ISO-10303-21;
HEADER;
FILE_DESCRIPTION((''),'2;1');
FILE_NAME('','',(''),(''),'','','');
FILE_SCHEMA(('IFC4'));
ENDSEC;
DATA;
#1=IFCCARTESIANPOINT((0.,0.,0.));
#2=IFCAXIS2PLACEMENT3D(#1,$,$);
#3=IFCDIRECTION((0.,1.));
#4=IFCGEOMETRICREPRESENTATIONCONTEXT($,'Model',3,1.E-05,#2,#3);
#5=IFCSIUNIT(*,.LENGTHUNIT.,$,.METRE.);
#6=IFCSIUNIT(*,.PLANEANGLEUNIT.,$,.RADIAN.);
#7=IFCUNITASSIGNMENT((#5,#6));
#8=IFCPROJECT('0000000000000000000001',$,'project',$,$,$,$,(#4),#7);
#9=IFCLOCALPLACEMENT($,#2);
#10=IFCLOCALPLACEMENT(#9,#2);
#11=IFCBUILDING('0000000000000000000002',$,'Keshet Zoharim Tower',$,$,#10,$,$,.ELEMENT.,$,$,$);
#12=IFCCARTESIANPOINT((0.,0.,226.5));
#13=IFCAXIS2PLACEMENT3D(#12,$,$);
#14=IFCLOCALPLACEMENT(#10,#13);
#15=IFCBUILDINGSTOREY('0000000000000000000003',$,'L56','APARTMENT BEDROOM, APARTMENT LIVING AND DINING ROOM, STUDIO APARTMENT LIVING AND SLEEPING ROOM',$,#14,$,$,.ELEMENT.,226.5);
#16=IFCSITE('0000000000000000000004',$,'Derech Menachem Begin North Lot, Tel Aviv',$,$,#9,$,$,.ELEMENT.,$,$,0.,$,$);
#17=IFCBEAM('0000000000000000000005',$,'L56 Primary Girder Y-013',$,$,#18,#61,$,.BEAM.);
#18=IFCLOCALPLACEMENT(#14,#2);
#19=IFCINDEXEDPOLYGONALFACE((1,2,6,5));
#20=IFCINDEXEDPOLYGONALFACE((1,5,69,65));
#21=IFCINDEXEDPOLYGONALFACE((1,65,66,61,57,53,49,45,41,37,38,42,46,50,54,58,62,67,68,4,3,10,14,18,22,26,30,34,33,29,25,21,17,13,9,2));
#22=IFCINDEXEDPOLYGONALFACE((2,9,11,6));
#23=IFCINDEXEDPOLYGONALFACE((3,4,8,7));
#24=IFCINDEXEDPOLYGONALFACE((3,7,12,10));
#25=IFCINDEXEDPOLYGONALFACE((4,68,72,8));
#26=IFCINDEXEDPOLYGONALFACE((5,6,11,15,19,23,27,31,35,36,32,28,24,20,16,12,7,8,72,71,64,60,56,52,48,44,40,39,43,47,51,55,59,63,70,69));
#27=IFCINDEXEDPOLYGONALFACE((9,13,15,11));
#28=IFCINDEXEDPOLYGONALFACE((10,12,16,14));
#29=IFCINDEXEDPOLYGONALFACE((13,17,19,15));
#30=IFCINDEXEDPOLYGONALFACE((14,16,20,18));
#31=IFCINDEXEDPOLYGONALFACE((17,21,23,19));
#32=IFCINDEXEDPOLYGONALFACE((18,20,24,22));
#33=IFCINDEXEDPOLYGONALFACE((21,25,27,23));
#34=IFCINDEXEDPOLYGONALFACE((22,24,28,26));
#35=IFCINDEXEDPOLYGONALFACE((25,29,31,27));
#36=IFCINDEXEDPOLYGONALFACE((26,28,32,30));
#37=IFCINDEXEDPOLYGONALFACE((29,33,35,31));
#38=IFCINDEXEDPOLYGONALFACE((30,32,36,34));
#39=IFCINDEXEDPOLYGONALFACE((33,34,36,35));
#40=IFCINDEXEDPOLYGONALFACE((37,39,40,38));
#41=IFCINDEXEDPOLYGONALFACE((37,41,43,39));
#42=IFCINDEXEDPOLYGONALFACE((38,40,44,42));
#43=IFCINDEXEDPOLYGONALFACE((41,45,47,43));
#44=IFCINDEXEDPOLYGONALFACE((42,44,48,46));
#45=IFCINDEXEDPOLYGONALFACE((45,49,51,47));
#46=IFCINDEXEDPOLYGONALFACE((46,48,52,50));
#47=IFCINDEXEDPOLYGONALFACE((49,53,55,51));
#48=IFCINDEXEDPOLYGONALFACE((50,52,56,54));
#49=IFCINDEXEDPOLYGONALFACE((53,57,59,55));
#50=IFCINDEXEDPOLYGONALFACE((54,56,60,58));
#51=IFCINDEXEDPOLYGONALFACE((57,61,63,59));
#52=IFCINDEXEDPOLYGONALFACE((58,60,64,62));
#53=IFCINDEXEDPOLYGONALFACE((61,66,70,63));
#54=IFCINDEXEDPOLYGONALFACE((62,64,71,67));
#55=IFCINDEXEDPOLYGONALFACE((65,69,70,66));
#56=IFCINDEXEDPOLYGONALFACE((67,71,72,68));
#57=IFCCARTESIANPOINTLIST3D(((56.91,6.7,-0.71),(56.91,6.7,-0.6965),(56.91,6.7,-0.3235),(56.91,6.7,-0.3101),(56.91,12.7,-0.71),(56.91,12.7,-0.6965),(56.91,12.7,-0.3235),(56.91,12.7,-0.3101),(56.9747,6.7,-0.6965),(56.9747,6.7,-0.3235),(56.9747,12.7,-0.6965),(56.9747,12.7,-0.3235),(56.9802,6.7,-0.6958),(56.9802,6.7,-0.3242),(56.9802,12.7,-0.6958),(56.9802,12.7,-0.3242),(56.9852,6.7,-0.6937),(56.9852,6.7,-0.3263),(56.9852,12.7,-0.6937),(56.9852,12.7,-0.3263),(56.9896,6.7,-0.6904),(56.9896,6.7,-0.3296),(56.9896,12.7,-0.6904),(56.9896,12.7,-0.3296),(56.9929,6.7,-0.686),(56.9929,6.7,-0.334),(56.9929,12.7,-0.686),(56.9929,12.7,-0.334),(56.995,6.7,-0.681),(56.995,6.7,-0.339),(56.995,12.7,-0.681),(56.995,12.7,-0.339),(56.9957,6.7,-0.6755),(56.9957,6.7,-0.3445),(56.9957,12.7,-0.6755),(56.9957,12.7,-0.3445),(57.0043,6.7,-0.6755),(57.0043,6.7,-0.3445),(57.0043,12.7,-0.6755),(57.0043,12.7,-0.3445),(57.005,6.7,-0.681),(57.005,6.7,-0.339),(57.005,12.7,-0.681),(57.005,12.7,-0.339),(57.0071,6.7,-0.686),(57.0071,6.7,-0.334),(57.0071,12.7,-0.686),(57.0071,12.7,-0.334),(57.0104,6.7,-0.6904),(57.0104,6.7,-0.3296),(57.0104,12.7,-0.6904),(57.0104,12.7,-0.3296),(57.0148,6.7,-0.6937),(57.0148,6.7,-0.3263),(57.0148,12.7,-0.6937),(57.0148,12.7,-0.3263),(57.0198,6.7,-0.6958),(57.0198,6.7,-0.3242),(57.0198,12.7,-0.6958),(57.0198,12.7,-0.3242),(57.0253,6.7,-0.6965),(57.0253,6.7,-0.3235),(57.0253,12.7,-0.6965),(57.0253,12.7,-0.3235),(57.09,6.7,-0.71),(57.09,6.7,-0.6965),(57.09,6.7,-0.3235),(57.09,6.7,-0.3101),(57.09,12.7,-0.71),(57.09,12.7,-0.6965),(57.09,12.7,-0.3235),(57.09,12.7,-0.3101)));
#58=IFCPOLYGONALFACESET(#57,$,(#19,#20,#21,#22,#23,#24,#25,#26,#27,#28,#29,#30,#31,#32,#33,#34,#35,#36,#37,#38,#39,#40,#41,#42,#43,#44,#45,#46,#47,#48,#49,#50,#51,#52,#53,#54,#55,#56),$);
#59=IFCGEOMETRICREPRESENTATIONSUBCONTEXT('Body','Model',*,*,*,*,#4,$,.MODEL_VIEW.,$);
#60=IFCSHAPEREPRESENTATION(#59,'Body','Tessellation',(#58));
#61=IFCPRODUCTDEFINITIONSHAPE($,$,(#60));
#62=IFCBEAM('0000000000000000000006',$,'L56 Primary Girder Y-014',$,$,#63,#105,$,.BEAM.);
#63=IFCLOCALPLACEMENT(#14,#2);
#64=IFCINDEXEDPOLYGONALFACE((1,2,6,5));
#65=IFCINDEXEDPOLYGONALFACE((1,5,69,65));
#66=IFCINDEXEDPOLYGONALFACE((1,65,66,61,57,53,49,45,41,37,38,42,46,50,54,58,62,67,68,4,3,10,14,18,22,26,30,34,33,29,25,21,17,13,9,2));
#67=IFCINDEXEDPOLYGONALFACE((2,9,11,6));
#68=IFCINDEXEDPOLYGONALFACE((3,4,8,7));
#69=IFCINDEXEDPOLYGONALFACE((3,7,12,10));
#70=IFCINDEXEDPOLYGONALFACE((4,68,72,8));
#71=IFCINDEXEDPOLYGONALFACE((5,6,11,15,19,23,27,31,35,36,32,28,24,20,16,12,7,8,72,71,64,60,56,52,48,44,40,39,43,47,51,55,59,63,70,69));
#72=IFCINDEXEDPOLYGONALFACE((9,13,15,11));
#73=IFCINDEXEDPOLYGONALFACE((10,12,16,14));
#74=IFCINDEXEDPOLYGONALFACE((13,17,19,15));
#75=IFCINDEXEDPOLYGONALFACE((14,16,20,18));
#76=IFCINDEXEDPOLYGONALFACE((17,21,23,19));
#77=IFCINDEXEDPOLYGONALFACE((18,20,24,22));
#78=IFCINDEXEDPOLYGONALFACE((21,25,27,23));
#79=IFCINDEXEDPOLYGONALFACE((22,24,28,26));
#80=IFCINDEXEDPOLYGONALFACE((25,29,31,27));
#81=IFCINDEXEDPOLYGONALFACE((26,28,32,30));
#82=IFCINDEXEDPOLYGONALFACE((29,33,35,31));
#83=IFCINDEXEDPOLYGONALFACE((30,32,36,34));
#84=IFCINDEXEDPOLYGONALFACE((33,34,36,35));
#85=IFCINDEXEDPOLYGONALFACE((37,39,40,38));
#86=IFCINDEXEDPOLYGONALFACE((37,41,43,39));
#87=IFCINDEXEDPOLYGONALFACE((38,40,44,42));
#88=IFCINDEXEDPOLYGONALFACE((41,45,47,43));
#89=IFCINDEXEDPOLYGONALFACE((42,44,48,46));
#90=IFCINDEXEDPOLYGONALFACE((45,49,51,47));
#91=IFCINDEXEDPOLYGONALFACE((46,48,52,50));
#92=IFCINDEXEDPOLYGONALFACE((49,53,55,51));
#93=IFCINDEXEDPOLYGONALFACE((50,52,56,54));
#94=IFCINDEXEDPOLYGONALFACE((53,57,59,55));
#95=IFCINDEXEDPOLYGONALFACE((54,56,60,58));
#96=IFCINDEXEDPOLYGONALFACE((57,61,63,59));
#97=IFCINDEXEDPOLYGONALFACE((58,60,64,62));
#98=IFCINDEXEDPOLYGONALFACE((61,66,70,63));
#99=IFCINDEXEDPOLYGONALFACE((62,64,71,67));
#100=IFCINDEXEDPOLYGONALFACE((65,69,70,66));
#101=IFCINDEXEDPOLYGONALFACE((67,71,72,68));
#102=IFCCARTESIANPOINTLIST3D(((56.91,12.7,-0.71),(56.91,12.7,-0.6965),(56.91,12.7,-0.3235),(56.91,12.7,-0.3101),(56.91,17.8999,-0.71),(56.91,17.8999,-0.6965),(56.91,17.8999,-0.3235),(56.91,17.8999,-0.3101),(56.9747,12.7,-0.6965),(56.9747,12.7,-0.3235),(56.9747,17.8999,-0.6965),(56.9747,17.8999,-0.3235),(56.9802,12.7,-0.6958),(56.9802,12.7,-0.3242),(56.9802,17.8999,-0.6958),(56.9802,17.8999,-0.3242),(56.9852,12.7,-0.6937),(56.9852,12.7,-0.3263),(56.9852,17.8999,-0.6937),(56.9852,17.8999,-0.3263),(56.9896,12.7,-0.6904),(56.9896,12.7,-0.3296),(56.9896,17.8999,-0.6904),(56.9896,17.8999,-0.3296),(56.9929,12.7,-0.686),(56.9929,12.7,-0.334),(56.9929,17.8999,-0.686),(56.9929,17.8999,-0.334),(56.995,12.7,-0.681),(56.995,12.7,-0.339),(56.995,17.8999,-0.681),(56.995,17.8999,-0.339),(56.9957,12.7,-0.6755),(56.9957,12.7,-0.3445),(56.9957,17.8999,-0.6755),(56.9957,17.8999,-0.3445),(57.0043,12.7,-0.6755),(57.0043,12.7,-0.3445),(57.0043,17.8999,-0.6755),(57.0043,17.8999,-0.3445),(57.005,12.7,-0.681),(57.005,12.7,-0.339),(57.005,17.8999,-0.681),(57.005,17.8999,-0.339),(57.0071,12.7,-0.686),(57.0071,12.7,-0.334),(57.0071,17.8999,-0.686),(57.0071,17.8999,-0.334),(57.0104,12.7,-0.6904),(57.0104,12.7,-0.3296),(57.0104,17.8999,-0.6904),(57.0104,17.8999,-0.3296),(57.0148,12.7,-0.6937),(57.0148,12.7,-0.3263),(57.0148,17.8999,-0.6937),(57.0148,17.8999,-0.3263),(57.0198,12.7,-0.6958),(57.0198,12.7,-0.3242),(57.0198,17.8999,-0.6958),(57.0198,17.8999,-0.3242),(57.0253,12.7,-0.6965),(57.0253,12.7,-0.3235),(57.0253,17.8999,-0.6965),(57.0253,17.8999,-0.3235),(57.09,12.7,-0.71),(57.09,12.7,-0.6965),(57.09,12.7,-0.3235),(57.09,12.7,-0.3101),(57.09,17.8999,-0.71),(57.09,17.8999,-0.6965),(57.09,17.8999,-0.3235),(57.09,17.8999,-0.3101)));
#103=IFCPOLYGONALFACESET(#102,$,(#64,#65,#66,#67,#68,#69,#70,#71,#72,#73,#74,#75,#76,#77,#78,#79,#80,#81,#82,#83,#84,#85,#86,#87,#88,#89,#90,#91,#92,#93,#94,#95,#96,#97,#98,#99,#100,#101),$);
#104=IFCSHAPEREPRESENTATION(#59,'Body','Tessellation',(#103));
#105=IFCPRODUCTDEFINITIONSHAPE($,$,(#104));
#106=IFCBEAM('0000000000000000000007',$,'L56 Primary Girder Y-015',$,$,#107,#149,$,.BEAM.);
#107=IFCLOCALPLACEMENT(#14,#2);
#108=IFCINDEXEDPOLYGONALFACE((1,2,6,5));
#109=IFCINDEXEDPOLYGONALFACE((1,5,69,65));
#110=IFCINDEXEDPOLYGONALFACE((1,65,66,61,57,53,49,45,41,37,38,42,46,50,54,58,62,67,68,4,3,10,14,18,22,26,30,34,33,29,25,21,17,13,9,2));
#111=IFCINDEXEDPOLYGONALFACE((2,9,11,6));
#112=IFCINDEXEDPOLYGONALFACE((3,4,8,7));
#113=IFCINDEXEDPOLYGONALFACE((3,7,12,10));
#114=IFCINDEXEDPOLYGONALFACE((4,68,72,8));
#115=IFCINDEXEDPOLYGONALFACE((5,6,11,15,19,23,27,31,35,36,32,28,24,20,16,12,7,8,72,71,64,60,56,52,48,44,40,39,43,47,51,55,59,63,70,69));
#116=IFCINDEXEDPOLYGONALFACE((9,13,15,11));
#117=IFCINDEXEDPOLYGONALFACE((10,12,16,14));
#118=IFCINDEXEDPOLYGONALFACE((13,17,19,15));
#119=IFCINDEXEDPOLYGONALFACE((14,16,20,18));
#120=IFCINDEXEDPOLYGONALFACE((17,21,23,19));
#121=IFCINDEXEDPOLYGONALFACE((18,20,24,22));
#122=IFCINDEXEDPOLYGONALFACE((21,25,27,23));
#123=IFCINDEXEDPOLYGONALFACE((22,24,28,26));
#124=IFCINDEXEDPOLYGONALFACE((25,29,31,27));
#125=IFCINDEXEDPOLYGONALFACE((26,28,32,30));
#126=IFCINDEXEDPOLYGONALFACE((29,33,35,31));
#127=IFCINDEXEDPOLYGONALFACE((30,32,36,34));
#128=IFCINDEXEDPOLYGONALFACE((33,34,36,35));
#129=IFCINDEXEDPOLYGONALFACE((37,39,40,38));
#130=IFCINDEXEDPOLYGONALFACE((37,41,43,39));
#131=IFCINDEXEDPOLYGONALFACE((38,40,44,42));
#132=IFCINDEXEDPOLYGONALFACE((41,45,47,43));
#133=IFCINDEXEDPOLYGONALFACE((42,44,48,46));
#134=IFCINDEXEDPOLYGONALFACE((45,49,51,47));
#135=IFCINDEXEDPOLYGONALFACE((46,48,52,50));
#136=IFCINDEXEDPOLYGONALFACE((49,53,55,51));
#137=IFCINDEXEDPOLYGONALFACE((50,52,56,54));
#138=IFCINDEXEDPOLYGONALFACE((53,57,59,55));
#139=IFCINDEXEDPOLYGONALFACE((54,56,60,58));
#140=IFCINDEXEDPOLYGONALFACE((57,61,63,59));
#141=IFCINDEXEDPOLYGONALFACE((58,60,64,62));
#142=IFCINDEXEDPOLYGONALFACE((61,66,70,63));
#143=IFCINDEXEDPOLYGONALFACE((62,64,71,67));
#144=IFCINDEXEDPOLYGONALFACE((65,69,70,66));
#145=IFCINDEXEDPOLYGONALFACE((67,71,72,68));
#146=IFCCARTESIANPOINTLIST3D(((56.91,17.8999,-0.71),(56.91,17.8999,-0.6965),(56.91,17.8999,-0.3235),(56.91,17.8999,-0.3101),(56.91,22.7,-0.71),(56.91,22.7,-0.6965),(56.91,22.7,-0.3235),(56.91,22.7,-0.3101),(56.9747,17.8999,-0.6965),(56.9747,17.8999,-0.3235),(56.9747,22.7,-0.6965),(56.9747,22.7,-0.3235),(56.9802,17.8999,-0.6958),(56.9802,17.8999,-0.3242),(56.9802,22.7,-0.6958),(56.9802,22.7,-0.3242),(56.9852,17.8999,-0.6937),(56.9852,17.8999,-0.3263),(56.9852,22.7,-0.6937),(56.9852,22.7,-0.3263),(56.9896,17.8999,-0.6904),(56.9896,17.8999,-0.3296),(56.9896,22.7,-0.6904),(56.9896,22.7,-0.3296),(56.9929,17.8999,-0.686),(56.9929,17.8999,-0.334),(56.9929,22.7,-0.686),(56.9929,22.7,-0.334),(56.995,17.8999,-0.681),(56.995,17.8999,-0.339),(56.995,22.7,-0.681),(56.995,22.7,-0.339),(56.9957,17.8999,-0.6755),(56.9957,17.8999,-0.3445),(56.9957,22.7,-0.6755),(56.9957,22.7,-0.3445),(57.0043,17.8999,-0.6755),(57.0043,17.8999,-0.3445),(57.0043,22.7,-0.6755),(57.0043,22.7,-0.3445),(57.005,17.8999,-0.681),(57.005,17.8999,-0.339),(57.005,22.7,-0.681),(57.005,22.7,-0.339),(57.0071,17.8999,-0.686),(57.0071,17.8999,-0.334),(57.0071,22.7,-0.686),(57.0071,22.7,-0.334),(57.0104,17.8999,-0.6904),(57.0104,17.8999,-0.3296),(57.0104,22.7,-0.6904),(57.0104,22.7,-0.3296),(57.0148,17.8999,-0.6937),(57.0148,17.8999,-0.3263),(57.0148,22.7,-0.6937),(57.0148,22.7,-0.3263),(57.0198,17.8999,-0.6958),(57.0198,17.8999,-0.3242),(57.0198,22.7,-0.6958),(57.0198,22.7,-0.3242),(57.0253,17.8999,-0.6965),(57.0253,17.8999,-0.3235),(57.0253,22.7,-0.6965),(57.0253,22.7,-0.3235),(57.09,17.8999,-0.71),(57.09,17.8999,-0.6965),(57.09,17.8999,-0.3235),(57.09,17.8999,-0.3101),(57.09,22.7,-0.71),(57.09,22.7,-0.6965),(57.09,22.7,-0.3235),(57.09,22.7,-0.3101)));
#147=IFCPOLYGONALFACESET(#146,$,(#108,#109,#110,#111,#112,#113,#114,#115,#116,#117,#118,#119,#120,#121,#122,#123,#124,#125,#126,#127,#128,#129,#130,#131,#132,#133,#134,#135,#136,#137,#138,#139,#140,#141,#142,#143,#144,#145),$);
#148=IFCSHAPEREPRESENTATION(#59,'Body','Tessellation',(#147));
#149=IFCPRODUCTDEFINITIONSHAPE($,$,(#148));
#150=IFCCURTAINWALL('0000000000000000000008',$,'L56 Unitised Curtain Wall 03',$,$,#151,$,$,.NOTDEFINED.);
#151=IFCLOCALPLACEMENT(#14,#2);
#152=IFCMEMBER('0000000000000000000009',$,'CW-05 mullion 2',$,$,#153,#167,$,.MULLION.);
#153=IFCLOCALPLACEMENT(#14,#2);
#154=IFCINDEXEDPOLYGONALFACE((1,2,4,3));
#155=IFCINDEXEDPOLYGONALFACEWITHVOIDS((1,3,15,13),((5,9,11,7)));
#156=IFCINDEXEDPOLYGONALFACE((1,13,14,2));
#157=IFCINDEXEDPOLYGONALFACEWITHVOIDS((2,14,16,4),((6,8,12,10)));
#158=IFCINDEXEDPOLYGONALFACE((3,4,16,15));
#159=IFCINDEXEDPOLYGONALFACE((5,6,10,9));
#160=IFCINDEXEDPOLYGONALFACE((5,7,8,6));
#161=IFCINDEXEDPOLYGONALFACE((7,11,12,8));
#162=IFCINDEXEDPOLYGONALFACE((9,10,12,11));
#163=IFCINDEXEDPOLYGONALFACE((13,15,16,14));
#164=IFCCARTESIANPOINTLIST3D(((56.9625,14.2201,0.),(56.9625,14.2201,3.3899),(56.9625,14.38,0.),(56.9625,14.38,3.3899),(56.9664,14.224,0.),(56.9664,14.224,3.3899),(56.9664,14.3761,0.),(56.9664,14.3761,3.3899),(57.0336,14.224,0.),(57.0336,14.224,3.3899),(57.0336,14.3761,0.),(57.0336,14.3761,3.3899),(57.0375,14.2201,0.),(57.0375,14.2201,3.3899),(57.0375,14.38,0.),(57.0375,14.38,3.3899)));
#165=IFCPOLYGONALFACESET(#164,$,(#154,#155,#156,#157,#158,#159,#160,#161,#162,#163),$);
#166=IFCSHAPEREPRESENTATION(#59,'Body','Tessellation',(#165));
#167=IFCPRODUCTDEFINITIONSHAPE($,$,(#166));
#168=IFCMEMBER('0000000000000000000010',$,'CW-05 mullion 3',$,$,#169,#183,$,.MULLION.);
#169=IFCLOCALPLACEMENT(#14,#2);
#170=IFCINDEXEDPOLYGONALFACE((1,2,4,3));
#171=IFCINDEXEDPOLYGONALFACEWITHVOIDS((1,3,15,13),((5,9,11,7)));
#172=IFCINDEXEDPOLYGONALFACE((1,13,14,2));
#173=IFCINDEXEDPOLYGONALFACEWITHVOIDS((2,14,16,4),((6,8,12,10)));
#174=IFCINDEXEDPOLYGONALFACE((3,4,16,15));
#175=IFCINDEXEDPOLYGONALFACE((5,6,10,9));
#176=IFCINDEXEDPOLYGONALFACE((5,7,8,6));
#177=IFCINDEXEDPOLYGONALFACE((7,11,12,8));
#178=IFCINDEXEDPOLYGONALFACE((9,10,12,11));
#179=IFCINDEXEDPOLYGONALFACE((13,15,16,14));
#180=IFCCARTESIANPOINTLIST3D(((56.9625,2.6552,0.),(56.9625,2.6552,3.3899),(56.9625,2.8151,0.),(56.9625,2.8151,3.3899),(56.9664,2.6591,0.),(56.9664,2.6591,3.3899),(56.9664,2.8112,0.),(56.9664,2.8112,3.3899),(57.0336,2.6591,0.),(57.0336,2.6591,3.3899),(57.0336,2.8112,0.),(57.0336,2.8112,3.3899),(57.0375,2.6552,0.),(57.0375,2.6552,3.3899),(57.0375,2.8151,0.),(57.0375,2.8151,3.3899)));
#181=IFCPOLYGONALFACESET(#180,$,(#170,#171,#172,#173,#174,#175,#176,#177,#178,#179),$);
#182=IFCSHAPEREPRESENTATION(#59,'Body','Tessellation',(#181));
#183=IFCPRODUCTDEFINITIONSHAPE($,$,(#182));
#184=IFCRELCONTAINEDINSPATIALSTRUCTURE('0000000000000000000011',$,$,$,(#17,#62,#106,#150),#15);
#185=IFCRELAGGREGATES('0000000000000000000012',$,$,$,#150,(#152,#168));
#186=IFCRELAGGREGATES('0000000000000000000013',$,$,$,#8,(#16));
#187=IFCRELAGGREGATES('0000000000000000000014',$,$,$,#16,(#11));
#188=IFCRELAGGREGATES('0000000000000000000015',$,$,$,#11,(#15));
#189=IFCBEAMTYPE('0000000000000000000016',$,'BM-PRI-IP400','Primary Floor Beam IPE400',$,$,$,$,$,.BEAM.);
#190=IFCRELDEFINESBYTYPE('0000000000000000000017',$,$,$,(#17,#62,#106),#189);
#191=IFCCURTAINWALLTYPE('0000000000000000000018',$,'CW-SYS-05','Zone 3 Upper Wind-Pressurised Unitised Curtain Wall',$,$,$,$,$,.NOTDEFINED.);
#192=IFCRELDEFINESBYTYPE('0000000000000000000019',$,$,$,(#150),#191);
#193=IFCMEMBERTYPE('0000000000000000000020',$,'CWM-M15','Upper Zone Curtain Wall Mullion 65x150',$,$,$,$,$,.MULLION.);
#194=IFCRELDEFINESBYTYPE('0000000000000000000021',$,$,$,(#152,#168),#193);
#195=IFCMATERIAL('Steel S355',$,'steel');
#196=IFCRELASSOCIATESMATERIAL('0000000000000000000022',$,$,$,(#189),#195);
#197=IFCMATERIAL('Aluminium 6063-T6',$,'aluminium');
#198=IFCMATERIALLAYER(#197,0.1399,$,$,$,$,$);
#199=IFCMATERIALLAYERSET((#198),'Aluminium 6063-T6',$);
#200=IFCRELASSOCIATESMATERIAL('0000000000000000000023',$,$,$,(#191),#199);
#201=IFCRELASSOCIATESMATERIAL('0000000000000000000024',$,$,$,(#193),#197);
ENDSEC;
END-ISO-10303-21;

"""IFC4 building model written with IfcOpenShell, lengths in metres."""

from ifc_helpers import new_model, si_unit, direction, frame, origin, origin_2d, place, context, subcontext, project, spatial, hollow_rectangle, i_section, extrude, material, layer, layer_set, material_profile, profile_set, type_object, element, aggregate, save


model = new_model("IFC4")

# Units and contexts
model_context = context("Model", 3, precision=1e-05, world=origin(), true_north=direction((0.0, 1.0)))
body_context = subcontext(model_context, "Body", "Model", "MODEL_VIEW")
ifc_project = project(units=[si_unit("LENGTHUNIT", "METRE"), si_unit("PLANEANGLEUNIT", "RADIAN")], contexts=[model_context])

# Site, building, storey
site_placement = place(None, origin())
site = spatial("IfcSite", under=ifc_project, at=site_placement, Name="Derech Menachem Begin North Lot, Tel Aviv", CompositionType="ELEMENT", RefElevation=0.0)
building_placement = place(site_placement, origin())
building = spatial("IfcBuilding", under=site, at=building_placement, Name="Keshet Zoharim Tower", CompositionType="ELEMENT")
storey_placement = place(building_placement, frame((0.0, 0.0, 226.5)))
storey = spatial("IfcBuildingStorey", under=building, at=storey_placement, Name="L56", Description="APARTMENT BEDROOM, APARTMENT LIVING AND DINING ROOM, STUDIO APARTMENT LIVING AND SLEEPING ROOM", CompositionType="ELEMENT", Elevation=226.5)

# Shared definitions
ifc_material_1 = material(Name="Steel S355", Category="steel")

# Beams
ifc_material_profile_1 = material_profile(ifc_material_1, i_section(OverallWidth=0.1799, OverallDepth=0.3999, WebThickness=0.0085, FlangeThickness=0.0134, FilletRadius=0.021, at=origin_2d()), Name="IPE400")
ifc_profile_set_1 = profile_set([ifc_material_profile_1], Name="Steel S355")
beam_type = type_object("IfcBeamType", Name="BM-PRI-IP400", Description="Primary Floor Beam IPE400", PredefinedType="BEAM", material=ifc_profile_set_1)
beam_1_placement = place(storey_placement, frame((57.0, 6.7, -0.51), z_axis=(0.0, 1.0, 0.0), x_axis=(-1.0, 0.0, 0.0)))
element("IfcBeam", 1, at=beam_1_placement, inside=storey, type_object=beam_type, Name="L56 Primary Girder Y-013", PredefinedType="BEAM", context=body_context, shape_type="SweptSolid", body=[
    extrude(i_section(OverallWidth=0.1799, OverallDepth=0.3999, WebThickness=0.0085, FlangeThickness=0.0134, FilletRadius=0.021, at=origin_2d()), origin(), (0.0, 0.0, 1.0), 6.0),
])
beam_2_placement = place(storey_placement, frame((57.0, 12.7, -0.51), z_axis=(0.0, 1.0, 0.0), x_axis=(-1.0, 0.0, 0.0)))
element("IfcBeam", 2, at=beam_2_placement, inside=storey, type_object=beam_type, Name="L56 Primary Girder Y-014", PredefinedType="BEAM", context=body_context, shape_type="SweptSolid", body=[
    extrude(i_section(OverallWidth=0.1799, OverallDepth=0.3999, WebThickness=0.0085, FlangeThickness=0.0134, FilletRadius=0.021, at=origin_2d()), origin(), (0.0, 0.0, 1.0), 5.2),
])
beam_3_placement = place(storey_placement, frame((57.0, 17.8999, -0.51), z_axis=(0.0, 1.0, 0.0), x_axis=(-1.0, 0.0, 0.0)))
element("IfcBeam", 3, at=beam_3_placement, inside=storey, type_object=beam_type, Name="L56 Primary Girder Y-015", PredefinedType="BEAM", context=body_context, shape_type="SweptSolid", body=[
    extrude(i_section(OverallWidth=0.1799, OverallDepth=0.3999, WebThickness=0.0085, FlangeThickness=0.0134, FilletRadius=0.021, at=origin_2d()), origin(), (0.0, 0.0, 1.0), 4.8),
])

# Curtain wall, members
ifc_material_2 = material(Name="Aluminium 6063-T6", Category="aluminium")
ifc_layer_1 = layer(ifc_material_2, 0.1399)
ifc_layer_set_1 = layer_set([ifc_layer_1], Name="Aluminium 6063-T6")
curtain_wall_type = type_object("IfcCurtainWallType", Name="CW-SYS-05", Description="Zone 3 Upper Wind-Pressurised Unitised Curtain Wall", PredefinedType="NOTDEFINED", material=ifc_layer_set_1)
curtain_wall_placement = place(storey_placement, origin())
curtain_wall = element("IfcCurtainWall", 4, at=curtain_wall_placement, inside=storey, type_object=curtain_wall_type, Name="L56 Unitised Curtain Wall 03", PredefinedType="NOTDEFINED")
ifc_material_profile_2 = material_profile(ifc_material_2, hollow_rectangle(XDim=0.075, YDim=0.1599, WallThickness=0.0039, at=origin_2d()), Name="MUL-75x160")
ifc_profile_set_2 = profile_set([ifc_material_profile_2], Name="Aluminium 6063-T6")
member_type_1 = type_object("IfcMemberType", Name="CWM-M15", Description="Upper Zone Curtain Wall Mullion 65x150", PredefinedType="MULLION", material=ifc_profile_set_2)
member_1_placement = place(storey_placement, frame((57.0, 14.3, 0.0), z_axis=(0.0, 0.0, 1.0), x_axis=(1.0, 0.0, 0.0)))
member_1 = element("IfcMember", 5, at=member_1_placement, type_object=member_type_1, Name="CW-05 mullion 2", PredefinedType="MULLION", context=body_context, shape_type="SweptSolid", body=[
    extrude(hollow_rectangle(XDim=0.075, YDim=0.1599, WallThickness=0.0039, at=origin_2d()), origin(), (0.0, 0.0, 1.0), 3.3899),
])
member_2_placement = place(storey_placement, frame((57.0, 2.7351, 0.0), z_axis=(0.0, 0.0, 1.0), x_axis=(1.0, 0.0, 0.0)))
member_2 = element("IfcMember", 6, at=member_2_placement, type_object=member_type_1, Name="CW-05 mullion 3", PredefinedType="MULLION", context=body_context, shape_type="SweptSolid", body=[
    extrude(hollow_rectangle(XDim=0.075, YDim=0.1599, WallThickness=0.0039, at=origin_2d()), origin(), (0.0, 0.0, 1.0), 3.3899),
])
aggregate(curtain_wall, [member_1, member_2])

save(model, "model.ifc")
